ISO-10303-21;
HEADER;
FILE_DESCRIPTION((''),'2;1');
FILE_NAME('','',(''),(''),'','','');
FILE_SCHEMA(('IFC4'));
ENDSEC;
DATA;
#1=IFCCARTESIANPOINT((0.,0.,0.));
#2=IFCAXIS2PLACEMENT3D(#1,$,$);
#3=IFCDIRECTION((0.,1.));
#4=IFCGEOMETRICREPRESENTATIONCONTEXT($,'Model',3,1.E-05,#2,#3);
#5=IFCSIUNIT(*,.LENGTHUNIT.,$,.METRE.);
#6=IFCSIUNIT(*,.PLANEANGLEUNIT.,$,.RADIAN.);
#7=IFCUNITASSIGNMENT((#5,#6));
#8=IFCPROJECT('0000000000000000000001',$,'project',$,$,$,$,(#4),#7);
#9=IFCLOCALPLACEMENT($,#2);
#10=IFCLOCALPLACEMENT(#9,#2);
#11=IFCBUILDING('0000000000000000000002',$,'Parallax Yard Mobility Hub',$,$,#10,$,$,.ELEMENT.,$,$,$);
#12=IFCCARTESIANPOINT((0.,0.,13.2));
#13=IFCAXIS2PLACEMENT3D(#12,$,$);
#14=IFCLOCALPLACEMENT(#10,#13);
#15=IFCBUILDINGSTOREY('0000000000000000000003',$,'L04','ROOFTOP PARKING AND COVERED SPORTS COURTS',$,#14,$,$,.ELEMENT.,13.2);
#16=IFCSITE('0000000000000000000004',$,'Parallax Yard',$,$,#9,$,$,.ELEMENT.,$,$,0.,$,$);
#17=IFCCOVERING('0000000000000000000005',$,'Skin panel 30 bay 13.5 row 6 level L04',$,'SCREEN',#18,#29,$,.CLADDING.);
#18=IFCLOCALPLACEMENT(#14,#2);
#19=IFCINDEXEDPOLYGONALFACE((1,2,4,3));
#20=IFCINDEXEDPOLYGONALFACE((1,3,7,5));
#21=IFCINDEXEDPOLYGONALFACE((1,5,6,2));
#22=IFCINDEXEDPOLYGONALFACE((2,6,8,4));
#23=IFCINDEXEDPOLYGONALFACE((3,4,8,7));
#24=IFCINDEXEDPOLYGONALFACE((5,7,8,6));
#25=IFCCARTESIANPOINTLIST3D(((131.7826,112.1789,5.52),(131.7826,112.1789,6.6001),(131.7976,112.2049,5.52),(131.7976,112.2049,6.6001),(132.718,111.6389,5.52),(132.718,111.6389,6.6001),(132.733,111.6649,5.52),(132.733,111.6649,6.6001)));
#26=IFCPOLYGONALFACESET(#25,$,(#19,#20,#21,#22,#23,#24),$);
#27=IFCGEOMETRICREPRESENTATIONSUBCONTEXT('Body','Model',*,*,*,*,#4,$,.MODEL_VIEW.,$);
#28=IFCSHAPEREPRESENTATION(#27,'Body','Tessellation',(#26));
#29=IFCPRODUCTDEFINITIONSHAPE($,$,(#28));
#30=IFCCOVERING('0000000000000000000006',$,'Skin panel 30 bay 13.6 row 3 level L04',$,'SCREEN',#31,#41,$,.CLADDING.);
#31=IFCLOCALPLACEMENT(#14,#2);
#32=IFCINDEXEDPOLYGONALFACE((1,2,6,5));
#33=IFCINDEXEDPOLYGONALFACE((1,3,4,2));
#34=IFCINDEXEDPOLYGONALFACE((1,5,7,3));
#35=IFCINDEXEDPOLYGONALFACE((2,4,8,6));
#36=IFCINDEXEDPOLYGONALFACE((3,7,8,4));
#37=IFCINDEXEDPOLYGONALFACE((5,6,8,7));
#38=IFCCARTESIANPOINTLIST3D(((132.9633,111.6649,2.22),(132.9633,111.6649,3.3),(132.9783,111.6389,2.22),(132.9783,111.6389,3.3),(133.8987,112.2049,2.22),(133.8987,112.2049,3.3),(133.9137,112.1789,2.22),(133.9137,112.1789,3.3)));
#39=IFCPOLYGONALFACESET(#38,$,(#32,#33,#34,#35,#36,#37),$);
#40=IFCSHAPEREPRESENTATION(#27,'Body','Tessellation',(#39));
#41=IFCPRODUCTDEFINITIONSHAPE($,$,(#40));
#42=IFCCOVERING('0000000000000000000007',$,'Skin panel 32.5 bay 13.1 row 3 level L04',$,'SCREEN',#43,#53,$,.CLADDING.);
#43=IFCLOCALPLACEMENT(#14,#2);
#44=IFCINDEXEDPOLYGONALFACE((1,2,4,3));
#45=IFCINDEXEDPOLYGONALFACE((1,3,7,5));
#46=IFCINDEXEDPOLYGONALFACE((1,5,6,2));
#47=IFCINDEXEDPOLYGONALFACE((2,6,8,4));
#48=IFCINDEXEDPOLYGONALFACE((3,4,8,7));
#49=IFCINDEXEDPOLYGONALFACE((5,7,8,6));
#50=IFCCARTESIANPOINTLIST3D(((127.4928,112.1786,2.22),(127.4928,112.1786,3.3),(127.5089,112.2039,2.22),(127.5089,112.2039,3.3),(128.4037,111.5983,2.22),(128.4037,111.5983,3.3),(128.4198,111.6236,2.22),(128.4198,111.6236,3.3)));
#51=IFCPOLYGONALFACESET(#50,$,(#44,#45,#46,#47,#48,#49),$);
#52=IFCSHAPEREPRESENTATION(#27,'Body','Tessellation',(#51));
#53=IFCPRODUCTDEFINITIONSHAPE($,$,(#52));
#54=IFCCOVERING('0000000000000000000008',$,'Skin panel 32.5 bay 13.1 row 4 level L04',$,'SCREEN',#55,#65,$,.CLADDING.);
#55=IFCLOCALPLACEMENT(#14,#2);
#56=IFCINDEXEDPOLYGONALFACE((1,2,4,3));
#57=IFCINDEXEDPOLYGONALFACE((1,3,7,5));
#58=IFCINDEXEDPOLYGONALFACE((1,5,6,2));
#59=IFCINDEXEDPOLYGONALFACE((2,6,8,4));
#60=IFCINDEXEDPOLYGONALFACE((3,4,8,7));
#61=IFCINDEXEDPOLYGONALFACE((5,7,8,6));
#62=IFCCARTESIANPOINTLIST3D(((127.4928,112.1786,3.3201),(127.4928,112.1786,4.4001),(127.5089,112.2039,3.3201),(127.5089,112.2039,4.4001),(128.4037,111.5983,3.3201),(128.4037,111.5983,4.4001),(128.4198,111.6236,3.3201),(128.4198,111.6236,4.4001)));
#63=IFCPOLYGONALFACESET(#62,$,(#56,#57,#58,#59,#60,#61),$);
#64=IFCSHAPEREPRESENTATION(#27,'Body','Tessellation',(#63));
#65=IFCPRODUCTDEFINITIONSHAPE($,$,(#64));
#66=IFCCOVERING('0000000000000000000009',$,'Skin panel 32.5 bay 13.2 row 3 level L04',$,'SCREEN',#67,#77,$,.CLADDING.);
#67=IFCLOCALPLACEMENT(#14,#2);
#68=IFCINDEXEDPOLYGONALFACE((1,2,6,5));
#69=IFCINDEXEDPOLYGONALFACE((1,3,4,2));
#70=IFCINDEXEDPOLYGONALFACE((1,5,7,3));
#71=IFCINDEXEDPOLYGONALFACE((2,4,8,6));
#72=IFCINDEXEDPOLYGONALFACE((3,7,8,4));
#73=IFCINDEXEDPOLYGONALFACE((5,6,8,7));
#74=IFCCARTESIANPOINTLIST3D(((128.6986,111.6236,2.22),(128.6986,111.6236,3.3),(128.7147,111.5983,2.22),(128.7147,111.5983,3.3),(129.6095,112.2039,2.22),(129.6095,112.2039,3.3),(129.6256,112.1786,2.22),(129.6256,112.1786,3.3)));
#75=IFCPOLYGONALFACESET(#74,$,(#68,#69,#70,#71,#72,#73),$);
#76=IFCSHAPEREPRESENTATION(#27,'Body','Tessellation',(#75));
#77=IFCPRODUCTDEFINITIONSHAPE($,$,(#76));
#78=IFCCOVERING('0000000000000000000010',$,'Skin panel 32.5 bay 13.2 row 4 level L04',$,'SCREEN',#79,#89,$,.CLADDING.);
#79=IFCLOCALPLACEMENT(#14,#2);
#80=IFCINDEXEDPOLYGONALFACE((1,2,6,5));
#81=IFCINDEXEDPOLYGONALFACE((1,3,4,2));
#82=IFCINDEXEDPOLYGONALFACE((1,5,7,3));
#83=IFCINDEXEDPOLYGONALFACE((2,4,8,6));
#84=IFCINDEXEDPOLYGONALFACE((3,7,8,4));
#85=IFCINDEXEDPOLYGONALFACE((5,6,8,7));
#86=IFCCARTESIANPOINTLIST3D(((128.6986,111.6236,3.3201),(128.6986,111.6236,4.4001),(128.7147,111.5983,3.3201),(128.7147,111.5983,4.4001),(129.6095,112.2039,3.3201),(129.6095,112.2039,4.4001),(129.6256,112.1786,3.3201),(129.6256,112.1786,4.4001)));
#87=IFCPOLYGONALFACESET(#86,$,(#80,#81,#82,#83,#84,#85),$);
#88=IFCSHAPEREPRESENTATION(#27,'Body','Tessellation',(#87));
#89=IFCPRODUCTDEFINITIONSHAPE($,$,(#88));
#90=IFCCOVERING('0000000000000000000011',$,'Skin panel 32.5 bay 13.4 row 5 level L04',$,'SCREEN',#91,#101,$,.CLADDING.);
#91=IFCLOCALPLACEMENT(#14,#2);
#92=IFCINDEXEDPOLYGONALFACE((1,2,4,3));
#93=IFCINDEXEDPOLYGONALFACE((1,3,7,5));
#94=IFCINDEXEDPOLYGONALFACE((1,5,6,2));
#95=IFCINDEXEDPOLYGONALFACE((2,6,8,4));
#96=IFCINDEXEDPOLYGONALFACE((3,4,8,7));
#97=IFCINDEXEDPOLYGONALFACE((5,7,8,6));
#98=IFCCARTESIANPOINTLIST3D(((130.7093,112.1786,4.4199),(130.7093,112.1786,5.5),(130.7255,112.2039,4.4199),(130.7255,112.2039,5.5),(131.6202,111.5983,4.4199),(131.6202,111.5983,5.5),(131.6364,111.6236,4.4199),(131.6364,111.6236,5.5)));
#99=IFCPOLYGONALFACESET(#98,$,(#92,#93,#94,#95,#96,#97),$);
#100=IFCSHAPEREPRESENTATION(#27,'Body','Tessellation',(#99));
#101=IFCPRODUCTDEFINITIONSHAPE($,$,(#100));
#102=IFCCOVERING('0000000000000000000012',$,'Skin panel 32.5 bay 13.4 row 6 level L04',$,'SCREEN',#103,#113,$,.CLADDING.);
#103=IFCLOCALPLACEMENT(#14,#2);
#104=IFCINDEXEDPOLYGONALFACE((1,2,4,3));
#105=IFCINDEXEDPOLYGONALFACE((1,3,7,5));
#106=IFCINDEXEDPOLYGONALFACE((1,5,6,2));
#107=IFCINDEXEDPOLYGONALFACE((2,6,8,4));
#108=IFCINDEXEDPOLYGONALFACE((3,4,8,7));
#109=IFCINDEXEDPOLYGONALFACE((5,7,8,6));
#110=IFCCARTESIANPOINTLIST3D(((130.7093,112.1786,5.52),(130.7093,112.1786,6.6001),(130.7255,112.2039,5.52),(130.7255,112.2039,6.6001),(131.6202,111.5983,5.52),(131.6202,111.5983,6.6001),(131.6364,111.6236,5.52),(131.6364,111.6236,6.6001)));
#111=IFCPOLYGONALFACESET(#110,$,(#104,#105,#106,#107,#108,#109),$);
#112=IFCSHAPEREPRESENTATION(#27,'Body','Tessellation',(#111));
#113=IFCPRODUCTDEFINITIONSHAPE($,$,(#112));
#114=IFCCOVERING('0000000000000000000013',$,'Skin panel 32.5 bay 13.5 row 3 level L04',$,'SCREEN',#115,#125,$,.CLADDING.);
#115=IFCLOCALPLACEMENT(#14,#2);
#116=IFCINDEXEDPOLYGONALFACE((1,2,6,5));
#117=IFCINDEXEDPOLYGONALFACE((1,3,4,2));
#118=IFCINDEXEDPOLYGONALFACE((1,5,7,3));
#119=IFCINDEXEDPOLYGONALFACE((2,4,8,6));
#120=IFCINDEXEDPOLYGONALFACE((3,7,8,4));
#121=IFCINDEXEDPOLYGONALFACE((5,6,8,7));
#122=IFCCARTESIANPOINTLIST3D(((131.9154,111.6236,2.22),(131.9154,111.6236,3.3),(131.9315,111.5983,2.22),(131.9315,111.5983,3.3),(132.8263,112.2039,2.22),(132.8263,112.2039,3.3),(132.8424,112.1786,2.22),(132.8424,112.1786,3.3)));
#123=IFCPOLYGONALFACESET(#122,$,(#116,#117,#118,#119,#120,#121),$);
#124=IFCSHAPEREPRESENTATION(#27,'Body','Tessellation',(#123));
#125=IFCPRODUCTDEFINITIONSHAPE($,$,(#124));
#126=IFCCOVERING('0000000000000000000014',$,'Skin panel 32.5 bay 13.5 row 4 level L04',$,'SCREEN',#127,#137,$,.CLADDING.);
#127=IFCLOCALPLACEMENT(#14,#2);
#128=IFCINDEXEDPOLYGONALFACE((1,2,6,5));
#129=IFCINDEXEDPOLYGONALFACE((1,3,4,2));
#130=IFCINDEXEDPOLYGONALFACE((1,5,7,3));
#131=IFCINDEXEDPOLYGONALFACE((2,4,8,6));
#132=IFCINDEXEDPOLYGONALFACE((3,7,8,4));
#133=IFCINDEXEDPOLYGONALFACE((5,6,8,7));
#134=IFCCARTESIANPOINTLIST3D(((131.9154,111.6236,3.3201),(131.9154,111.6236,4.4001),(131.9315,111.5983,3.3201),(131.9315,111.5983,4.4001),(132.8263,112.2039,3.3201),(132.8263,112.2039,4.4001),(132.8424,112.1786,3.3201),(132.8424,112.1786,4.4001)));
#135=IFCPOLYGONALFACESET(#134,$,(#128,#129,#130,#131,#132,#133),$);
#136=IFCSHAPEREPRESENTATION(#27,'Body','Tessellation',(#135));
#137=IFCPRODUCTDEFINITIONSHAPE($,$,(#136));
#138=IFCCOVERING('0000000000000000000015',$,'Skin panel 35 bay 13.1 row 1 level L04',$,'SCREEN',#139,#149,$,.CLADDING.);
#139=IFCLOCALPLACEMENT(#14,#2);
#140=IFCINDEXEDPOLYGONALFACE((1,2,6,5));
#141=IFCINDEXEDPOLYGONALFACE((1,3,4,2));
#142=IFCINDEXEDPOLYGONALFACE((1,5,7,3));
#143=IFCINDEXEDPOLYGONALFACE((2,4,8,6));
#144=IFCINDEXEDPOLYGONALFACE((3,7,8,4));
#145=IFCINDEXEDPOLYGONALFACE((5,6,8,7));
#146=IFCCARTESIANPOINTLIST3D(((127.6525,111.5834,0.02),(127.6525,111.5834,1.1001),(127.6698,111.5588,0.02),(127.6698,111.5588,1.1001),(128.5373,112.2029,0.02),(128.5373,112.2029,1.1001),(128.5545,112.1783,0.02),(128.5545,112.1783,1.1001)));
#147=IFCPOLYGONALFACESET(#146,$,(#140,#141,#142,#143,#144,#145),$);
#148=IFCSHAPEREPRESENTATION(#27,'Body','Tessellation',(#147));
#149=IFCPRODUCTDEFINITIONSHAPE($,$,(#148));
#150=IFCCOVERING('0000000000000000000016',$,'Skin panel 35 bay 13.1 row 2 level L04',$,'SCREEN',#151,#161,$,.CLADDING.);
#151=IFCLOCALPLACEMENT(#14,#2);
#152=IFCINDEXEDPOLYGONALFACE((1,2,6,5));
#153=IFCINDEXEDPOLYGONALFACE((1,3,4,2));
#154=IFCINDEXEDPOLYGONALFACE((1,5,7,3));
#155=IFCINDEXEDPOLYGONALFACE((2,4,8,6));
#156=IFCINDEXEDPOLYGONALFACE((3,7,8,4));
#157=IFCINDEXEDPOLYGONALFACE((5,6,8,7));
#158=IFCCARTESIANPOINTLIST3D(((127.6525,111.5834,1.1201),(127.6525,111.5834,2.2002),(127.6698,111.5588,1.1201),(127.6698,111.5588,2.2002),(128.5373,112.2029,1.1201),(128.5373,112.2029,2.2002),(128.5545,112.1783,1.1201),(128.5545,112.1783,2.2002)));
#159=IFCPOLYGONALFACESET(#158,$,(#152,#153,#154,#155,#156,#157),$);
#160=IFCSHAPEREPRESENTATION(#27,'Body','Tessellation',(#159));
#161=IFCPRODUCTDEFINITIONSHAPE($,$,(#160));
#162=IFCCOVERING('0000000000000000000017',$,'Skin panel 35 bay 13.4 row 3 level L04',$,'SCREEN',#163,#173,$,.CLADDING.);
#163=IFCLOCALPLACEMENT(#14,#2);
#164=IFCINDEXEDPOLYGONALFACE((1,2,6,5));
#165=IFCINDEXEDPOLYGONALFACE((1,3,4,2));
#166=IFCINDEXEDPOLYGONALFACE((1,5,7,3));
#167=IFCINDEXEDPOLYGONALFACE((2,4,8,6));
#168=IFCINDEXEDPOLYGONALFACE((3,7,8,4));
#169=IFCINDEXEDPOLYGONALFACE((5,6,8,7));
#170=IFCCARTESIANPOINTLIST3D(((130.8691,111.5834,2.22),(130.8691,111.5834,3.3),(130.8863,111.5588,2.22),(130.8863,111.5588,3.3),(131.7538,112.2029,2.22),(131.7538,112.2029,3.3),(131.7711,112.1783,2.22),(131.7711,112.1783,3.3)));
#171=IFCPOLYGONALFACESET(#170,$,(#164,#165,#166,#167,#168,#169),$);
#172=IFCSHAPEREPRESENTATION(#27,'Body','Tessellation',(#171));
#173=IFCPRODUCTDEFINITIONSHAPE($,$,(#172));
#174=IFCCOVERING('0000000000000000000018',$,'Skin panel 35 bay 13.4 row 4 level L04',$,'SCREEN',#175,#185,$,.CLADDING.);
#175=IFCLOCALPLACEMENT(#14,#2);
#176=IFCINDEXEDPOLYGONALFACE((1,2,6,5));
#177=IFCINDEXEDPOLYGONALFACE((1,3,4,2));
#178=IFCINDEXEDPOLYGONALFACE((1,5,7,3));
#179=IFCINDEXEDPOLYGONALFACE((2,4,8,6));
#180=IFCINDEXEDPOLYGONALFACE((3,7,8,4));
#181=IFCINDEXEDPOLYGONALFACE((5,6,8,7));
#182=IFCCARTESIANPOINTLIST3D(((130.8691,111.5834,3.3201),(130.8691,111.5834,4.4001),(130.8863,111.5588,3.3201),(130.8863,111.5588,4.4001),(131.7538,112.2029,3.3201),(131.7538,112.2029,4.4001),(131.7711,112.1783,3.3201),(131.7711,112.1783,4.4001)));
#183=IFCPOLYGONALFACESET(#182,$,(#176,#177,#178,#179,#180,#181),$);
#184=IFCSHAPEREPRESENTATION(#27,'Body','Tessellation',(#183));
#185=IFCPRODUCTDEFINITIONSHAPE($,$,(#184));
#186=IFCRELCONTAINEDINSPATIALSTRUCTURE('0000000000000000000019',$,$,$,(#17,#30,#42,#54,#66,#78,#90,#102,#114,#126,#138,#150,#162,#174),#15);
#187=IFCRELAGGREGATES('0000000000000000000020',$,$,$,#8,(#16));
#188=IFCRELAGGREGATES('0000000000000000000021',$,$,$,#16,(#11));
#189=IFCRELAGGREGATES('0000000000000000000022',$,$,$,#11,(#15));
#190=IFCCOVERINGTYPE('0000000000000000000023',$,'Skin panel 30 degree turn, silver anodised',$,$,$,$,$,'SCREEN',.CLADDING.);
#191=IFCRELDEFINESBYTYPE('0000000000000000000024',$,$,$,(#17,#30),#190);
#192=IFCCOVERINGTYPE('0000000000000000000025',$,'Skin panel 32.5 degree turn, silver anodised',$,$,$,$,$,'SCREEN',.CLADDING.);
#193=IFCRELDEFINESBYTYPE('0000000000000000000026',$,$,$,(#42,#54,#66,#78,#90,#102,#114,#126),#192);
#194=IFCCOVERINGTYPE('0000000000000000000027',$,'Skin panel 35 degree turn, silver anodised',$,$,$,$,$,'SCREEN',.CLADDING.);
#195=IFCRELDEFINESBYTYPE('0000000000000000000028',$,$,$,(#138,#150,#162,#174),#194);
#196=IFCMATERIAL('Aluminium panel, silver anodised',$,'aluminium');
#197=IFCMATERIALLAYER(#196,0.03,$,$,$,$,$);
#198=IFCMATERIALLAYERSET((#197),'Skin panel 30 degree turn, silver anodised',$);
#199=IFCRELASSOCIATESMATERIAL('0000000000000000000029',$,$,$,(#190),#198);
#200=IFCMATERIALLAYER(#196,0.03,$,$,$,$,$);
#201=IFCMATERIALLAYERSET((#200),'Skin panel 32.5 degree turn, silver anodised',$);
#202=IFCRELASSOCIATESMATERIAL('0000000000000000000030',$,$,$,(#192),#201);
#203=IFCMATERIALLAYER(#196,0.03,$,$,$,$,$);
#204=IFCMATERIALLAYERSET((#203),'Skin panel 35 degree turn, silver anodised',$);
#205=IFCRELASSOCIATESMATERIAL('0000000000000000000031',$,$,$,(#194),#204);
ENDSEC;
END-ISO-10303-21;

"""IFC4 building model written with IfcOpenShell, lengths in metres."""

from ifc_helpers import new_model, si_unit, direction, frame, origin, origin_2d, place, context, subcontext, project, spatial, rectangle, extrude, material, layer, layer_set, type_object, element, save


model = new_model("IFC4")

# Units and contexts
model_context = context("Model", 3, precision=1e-05, world=origin(), true_north=direction((0.0, 1.0)))
body_context = subcontext(model_context, "Body", "Model", "MODEL_VIEW")
ifc_project = project(units=[si_unit("LENGTHUNIT", "METRE"), si_unit("PLANEANGLEUNIT", "RADIAN")], contexts=[model_context])

# Site, building, storey
site_placement = place(None, origin())
site = spatial("IfcSite", under=ifc_project, at=site_placement, Name="Parallax Yard", CompositionType="ELEMENT", RefElevation=0.0)
building_placement = place(site_placement, origin())
building = spatial("IfcBuilding", under=site, at=building_placement, Name="Parallax Yard Mobility Hub", CompositionType="ELEMENT")
storey_placement = place(building_placement, frame((0.0, 0.0, 13.2)))
storey = spatial("IfcBuildingStorey", under=building, at=storey_placement, Name="L04", Description="ROOFTOP PARKING AND COVERED SPORTS COURTS", CompositionType="ELEMENT", Elevation=13.2)

# Coverings
ifc_material = material(Name="Aluminium panel, silver anodised", Category="aluminium")
ifc_layer_1 = layer(ifc_material, 0.03)
ifc_layer_set_1 = layer_set([ifc_layer_1], Name="Skin panel 30 degree turn, silver anodised")
covering_type_1 = type_object("IfcCoveringType", Name="Skin panel 30 degree turn, silver anodised", ElementType="SCREEN", PredefinedType="CLADDING", material=ifc_layer_set_1)
for number, where, z_axis, x_axis, name in (
    (1, (132.2578, 111.9219, 5.52), (0.0, 0.0, 1.0), (0.866025, -0.5, 0.0), "Skin panel 30 bay 13.5 row 6 level L04"),
    (2, (133.4385, 111.9219, 2.22), (0.0, 0.0, 1.0), (-0.866025, -0.5, 0.0), "Skin panel 30 bay 13.6 row 3 level L04"),
):
    element("IfcCovering", number, at=place(storey_placement, frame(where, z_axis=z_axis, x_axis=x_axis)), inside=storey, type_object=covering_type_1, Name=name, ObjectType="SCREEN", PredefinedType="CLADDING", context=body_context, shape_type="SweptSolid", body=[
        extrude(rectangle(XDim=1.0801, YDim=0.03, at=origin_2d()), origin(), (0.0, 0.0, 1.0), 1.0801),
    ])
ifc_layer_2 = layer(ifc_material, 0.03)
ifc_layer_set_2 = layer_set([ifc_layer_2], Name="Skin panel 32.5 degree turn, silver anodised")
covering_type_2 = type_object("IfcCoveringType", Name="Skin panel 32.5 degree turn, silver anodised", ElementType="SCREEN", PredefinedType="CLADDING", material=ifc_layer_set_2)
for number, where, z_axis, x_axis, name in (
    (3, (127.9563, 111.9011, 2.22), (0.0, 0.0, 1.0), (0.843391, -0.5373, 0.0), "Skin panel 32.5 bay 13.1 row 3 level L04"),
    (4, (127.9563, 111.9011, 3.3201), (0.0, 0.0, 1.0), (0.843391, -0.5373, 0.0), "Skin panel 32.5 bay 13.1 row 4 level L04"),
    (5, (129.1621, 111.9011, 2.22), (0.0, 0.0, 1.0), (-0.843391, -0.5373, 0.0), "Skin panel 32.5 bay 13.2 row 3 level L04"),
    (6, (129.1621, 111.9011, 3.3201), (0.0, 0.0, 1.0), (-0.843391, -0.5373, 0.0), "Skin panel 32.5 bay 13.2 row 4 level L04"),
    (7, (131.1729, 111.9011, 4.4199), (0.0, 0.0, 1.0), (0.843391, -0.5373, 0.0), "Skin panel 32.5 bay 13.4 row 5 level L04"),
    (8, (131.1729, 111.9011, 5.52), (0.0, 0.0, 1.0), (0.843391, -0.5373, 0.0), "Skin panel 32.5 bay 13.4 row 6 level L04"),
    (9, (132.3789, 111.9011, 2.22), (0.0, 0.0, 1.0), (-0.843391, -0.5373, 0.0), "Skin panel 32.5 bay 13.5 row 3 level L04"),
    (10, (132.3789, 111.9011, 3.3201), (0.0, 0.0, 1.0), (-0.843391, -0.5373, 0.0), "Skin panel 32.5 bay 13.5 row 4 level L04"),
):
    element("IfcCovering", number, at=place(storey_placement, frame(where, z_axis=z_axis, x_axis=x_axis)), inside=storey, type_object=covering_type_2, Name=name, ObjectType="SCREEN", PredefinedType="CLADDING", context=body_context, shape_type="SweptSolid", body=[
        extrude(rectangle(XDim=1.0801, YDim=0.03, at=origin_2d()), origin(), (0.0, 0.0, 1.0), 1.0801),
    ])
ifc_layer_3 = layer(ifc_material, 0.03)
ifc_layer_set_3 = layer_set([ifc_layer_3], Name="Skin panel 35 degree turn, silver anodised")
covering_type_3 = type_object("IfcCoveringType", Name="Skin panel 35 degree turn, silver anodised", ElementType="SCREEN", PredefinedType="CLADDING", material=ifc_layer_set_3)
for number, where, z_axis, x_axis, name in (
    (11, (128.1035, 111.8809, 0.02), (0.0, 0.0, 1.0), (-0.819152, -0.573576, 0.0), "Skin panel 35 bay 13.1 row 1 level L04"),
    (12, (128.1035, 111.8809, 1.1201), (0.0, 0.0, 1.0), (-0.819152, -0.573576, 0.0), "Skin panel 35 bay 13.1 row 2 level L04"),
    (13, (131.3201, 111.8809, 2.22), (0.0, 0.0, 1.0), (-0.819152, -0.573576, 0.0), "Skin panel 35 bay 13.4 row 3 level L04"),
    (14, (131.3201, 111.8809, 3.3201), (0.0, 0.0, 1.0), (-0.819152, -0.573576, 0.0), "Skin panel 35 bay 13.4 row 4 level L04"),
):
    element("IfcCovering", number, at=place(storey_placement, frame(where, z_axis=z_axis, x_axis=x_axis)), inside=storey, type_object=covering_type_3, Name=name, ObjectType="SCREEN", PredefinedType="CLADDING", context=body_context, shape_type="SweptSolid", body=[
        extrude(rectangle(XDim=1.0801, YDim=0.03, at=origin_2d()), origin(), (0.0, 0.0, 1.0), 1.0801),
    ])

save(model, "model.ifc")
